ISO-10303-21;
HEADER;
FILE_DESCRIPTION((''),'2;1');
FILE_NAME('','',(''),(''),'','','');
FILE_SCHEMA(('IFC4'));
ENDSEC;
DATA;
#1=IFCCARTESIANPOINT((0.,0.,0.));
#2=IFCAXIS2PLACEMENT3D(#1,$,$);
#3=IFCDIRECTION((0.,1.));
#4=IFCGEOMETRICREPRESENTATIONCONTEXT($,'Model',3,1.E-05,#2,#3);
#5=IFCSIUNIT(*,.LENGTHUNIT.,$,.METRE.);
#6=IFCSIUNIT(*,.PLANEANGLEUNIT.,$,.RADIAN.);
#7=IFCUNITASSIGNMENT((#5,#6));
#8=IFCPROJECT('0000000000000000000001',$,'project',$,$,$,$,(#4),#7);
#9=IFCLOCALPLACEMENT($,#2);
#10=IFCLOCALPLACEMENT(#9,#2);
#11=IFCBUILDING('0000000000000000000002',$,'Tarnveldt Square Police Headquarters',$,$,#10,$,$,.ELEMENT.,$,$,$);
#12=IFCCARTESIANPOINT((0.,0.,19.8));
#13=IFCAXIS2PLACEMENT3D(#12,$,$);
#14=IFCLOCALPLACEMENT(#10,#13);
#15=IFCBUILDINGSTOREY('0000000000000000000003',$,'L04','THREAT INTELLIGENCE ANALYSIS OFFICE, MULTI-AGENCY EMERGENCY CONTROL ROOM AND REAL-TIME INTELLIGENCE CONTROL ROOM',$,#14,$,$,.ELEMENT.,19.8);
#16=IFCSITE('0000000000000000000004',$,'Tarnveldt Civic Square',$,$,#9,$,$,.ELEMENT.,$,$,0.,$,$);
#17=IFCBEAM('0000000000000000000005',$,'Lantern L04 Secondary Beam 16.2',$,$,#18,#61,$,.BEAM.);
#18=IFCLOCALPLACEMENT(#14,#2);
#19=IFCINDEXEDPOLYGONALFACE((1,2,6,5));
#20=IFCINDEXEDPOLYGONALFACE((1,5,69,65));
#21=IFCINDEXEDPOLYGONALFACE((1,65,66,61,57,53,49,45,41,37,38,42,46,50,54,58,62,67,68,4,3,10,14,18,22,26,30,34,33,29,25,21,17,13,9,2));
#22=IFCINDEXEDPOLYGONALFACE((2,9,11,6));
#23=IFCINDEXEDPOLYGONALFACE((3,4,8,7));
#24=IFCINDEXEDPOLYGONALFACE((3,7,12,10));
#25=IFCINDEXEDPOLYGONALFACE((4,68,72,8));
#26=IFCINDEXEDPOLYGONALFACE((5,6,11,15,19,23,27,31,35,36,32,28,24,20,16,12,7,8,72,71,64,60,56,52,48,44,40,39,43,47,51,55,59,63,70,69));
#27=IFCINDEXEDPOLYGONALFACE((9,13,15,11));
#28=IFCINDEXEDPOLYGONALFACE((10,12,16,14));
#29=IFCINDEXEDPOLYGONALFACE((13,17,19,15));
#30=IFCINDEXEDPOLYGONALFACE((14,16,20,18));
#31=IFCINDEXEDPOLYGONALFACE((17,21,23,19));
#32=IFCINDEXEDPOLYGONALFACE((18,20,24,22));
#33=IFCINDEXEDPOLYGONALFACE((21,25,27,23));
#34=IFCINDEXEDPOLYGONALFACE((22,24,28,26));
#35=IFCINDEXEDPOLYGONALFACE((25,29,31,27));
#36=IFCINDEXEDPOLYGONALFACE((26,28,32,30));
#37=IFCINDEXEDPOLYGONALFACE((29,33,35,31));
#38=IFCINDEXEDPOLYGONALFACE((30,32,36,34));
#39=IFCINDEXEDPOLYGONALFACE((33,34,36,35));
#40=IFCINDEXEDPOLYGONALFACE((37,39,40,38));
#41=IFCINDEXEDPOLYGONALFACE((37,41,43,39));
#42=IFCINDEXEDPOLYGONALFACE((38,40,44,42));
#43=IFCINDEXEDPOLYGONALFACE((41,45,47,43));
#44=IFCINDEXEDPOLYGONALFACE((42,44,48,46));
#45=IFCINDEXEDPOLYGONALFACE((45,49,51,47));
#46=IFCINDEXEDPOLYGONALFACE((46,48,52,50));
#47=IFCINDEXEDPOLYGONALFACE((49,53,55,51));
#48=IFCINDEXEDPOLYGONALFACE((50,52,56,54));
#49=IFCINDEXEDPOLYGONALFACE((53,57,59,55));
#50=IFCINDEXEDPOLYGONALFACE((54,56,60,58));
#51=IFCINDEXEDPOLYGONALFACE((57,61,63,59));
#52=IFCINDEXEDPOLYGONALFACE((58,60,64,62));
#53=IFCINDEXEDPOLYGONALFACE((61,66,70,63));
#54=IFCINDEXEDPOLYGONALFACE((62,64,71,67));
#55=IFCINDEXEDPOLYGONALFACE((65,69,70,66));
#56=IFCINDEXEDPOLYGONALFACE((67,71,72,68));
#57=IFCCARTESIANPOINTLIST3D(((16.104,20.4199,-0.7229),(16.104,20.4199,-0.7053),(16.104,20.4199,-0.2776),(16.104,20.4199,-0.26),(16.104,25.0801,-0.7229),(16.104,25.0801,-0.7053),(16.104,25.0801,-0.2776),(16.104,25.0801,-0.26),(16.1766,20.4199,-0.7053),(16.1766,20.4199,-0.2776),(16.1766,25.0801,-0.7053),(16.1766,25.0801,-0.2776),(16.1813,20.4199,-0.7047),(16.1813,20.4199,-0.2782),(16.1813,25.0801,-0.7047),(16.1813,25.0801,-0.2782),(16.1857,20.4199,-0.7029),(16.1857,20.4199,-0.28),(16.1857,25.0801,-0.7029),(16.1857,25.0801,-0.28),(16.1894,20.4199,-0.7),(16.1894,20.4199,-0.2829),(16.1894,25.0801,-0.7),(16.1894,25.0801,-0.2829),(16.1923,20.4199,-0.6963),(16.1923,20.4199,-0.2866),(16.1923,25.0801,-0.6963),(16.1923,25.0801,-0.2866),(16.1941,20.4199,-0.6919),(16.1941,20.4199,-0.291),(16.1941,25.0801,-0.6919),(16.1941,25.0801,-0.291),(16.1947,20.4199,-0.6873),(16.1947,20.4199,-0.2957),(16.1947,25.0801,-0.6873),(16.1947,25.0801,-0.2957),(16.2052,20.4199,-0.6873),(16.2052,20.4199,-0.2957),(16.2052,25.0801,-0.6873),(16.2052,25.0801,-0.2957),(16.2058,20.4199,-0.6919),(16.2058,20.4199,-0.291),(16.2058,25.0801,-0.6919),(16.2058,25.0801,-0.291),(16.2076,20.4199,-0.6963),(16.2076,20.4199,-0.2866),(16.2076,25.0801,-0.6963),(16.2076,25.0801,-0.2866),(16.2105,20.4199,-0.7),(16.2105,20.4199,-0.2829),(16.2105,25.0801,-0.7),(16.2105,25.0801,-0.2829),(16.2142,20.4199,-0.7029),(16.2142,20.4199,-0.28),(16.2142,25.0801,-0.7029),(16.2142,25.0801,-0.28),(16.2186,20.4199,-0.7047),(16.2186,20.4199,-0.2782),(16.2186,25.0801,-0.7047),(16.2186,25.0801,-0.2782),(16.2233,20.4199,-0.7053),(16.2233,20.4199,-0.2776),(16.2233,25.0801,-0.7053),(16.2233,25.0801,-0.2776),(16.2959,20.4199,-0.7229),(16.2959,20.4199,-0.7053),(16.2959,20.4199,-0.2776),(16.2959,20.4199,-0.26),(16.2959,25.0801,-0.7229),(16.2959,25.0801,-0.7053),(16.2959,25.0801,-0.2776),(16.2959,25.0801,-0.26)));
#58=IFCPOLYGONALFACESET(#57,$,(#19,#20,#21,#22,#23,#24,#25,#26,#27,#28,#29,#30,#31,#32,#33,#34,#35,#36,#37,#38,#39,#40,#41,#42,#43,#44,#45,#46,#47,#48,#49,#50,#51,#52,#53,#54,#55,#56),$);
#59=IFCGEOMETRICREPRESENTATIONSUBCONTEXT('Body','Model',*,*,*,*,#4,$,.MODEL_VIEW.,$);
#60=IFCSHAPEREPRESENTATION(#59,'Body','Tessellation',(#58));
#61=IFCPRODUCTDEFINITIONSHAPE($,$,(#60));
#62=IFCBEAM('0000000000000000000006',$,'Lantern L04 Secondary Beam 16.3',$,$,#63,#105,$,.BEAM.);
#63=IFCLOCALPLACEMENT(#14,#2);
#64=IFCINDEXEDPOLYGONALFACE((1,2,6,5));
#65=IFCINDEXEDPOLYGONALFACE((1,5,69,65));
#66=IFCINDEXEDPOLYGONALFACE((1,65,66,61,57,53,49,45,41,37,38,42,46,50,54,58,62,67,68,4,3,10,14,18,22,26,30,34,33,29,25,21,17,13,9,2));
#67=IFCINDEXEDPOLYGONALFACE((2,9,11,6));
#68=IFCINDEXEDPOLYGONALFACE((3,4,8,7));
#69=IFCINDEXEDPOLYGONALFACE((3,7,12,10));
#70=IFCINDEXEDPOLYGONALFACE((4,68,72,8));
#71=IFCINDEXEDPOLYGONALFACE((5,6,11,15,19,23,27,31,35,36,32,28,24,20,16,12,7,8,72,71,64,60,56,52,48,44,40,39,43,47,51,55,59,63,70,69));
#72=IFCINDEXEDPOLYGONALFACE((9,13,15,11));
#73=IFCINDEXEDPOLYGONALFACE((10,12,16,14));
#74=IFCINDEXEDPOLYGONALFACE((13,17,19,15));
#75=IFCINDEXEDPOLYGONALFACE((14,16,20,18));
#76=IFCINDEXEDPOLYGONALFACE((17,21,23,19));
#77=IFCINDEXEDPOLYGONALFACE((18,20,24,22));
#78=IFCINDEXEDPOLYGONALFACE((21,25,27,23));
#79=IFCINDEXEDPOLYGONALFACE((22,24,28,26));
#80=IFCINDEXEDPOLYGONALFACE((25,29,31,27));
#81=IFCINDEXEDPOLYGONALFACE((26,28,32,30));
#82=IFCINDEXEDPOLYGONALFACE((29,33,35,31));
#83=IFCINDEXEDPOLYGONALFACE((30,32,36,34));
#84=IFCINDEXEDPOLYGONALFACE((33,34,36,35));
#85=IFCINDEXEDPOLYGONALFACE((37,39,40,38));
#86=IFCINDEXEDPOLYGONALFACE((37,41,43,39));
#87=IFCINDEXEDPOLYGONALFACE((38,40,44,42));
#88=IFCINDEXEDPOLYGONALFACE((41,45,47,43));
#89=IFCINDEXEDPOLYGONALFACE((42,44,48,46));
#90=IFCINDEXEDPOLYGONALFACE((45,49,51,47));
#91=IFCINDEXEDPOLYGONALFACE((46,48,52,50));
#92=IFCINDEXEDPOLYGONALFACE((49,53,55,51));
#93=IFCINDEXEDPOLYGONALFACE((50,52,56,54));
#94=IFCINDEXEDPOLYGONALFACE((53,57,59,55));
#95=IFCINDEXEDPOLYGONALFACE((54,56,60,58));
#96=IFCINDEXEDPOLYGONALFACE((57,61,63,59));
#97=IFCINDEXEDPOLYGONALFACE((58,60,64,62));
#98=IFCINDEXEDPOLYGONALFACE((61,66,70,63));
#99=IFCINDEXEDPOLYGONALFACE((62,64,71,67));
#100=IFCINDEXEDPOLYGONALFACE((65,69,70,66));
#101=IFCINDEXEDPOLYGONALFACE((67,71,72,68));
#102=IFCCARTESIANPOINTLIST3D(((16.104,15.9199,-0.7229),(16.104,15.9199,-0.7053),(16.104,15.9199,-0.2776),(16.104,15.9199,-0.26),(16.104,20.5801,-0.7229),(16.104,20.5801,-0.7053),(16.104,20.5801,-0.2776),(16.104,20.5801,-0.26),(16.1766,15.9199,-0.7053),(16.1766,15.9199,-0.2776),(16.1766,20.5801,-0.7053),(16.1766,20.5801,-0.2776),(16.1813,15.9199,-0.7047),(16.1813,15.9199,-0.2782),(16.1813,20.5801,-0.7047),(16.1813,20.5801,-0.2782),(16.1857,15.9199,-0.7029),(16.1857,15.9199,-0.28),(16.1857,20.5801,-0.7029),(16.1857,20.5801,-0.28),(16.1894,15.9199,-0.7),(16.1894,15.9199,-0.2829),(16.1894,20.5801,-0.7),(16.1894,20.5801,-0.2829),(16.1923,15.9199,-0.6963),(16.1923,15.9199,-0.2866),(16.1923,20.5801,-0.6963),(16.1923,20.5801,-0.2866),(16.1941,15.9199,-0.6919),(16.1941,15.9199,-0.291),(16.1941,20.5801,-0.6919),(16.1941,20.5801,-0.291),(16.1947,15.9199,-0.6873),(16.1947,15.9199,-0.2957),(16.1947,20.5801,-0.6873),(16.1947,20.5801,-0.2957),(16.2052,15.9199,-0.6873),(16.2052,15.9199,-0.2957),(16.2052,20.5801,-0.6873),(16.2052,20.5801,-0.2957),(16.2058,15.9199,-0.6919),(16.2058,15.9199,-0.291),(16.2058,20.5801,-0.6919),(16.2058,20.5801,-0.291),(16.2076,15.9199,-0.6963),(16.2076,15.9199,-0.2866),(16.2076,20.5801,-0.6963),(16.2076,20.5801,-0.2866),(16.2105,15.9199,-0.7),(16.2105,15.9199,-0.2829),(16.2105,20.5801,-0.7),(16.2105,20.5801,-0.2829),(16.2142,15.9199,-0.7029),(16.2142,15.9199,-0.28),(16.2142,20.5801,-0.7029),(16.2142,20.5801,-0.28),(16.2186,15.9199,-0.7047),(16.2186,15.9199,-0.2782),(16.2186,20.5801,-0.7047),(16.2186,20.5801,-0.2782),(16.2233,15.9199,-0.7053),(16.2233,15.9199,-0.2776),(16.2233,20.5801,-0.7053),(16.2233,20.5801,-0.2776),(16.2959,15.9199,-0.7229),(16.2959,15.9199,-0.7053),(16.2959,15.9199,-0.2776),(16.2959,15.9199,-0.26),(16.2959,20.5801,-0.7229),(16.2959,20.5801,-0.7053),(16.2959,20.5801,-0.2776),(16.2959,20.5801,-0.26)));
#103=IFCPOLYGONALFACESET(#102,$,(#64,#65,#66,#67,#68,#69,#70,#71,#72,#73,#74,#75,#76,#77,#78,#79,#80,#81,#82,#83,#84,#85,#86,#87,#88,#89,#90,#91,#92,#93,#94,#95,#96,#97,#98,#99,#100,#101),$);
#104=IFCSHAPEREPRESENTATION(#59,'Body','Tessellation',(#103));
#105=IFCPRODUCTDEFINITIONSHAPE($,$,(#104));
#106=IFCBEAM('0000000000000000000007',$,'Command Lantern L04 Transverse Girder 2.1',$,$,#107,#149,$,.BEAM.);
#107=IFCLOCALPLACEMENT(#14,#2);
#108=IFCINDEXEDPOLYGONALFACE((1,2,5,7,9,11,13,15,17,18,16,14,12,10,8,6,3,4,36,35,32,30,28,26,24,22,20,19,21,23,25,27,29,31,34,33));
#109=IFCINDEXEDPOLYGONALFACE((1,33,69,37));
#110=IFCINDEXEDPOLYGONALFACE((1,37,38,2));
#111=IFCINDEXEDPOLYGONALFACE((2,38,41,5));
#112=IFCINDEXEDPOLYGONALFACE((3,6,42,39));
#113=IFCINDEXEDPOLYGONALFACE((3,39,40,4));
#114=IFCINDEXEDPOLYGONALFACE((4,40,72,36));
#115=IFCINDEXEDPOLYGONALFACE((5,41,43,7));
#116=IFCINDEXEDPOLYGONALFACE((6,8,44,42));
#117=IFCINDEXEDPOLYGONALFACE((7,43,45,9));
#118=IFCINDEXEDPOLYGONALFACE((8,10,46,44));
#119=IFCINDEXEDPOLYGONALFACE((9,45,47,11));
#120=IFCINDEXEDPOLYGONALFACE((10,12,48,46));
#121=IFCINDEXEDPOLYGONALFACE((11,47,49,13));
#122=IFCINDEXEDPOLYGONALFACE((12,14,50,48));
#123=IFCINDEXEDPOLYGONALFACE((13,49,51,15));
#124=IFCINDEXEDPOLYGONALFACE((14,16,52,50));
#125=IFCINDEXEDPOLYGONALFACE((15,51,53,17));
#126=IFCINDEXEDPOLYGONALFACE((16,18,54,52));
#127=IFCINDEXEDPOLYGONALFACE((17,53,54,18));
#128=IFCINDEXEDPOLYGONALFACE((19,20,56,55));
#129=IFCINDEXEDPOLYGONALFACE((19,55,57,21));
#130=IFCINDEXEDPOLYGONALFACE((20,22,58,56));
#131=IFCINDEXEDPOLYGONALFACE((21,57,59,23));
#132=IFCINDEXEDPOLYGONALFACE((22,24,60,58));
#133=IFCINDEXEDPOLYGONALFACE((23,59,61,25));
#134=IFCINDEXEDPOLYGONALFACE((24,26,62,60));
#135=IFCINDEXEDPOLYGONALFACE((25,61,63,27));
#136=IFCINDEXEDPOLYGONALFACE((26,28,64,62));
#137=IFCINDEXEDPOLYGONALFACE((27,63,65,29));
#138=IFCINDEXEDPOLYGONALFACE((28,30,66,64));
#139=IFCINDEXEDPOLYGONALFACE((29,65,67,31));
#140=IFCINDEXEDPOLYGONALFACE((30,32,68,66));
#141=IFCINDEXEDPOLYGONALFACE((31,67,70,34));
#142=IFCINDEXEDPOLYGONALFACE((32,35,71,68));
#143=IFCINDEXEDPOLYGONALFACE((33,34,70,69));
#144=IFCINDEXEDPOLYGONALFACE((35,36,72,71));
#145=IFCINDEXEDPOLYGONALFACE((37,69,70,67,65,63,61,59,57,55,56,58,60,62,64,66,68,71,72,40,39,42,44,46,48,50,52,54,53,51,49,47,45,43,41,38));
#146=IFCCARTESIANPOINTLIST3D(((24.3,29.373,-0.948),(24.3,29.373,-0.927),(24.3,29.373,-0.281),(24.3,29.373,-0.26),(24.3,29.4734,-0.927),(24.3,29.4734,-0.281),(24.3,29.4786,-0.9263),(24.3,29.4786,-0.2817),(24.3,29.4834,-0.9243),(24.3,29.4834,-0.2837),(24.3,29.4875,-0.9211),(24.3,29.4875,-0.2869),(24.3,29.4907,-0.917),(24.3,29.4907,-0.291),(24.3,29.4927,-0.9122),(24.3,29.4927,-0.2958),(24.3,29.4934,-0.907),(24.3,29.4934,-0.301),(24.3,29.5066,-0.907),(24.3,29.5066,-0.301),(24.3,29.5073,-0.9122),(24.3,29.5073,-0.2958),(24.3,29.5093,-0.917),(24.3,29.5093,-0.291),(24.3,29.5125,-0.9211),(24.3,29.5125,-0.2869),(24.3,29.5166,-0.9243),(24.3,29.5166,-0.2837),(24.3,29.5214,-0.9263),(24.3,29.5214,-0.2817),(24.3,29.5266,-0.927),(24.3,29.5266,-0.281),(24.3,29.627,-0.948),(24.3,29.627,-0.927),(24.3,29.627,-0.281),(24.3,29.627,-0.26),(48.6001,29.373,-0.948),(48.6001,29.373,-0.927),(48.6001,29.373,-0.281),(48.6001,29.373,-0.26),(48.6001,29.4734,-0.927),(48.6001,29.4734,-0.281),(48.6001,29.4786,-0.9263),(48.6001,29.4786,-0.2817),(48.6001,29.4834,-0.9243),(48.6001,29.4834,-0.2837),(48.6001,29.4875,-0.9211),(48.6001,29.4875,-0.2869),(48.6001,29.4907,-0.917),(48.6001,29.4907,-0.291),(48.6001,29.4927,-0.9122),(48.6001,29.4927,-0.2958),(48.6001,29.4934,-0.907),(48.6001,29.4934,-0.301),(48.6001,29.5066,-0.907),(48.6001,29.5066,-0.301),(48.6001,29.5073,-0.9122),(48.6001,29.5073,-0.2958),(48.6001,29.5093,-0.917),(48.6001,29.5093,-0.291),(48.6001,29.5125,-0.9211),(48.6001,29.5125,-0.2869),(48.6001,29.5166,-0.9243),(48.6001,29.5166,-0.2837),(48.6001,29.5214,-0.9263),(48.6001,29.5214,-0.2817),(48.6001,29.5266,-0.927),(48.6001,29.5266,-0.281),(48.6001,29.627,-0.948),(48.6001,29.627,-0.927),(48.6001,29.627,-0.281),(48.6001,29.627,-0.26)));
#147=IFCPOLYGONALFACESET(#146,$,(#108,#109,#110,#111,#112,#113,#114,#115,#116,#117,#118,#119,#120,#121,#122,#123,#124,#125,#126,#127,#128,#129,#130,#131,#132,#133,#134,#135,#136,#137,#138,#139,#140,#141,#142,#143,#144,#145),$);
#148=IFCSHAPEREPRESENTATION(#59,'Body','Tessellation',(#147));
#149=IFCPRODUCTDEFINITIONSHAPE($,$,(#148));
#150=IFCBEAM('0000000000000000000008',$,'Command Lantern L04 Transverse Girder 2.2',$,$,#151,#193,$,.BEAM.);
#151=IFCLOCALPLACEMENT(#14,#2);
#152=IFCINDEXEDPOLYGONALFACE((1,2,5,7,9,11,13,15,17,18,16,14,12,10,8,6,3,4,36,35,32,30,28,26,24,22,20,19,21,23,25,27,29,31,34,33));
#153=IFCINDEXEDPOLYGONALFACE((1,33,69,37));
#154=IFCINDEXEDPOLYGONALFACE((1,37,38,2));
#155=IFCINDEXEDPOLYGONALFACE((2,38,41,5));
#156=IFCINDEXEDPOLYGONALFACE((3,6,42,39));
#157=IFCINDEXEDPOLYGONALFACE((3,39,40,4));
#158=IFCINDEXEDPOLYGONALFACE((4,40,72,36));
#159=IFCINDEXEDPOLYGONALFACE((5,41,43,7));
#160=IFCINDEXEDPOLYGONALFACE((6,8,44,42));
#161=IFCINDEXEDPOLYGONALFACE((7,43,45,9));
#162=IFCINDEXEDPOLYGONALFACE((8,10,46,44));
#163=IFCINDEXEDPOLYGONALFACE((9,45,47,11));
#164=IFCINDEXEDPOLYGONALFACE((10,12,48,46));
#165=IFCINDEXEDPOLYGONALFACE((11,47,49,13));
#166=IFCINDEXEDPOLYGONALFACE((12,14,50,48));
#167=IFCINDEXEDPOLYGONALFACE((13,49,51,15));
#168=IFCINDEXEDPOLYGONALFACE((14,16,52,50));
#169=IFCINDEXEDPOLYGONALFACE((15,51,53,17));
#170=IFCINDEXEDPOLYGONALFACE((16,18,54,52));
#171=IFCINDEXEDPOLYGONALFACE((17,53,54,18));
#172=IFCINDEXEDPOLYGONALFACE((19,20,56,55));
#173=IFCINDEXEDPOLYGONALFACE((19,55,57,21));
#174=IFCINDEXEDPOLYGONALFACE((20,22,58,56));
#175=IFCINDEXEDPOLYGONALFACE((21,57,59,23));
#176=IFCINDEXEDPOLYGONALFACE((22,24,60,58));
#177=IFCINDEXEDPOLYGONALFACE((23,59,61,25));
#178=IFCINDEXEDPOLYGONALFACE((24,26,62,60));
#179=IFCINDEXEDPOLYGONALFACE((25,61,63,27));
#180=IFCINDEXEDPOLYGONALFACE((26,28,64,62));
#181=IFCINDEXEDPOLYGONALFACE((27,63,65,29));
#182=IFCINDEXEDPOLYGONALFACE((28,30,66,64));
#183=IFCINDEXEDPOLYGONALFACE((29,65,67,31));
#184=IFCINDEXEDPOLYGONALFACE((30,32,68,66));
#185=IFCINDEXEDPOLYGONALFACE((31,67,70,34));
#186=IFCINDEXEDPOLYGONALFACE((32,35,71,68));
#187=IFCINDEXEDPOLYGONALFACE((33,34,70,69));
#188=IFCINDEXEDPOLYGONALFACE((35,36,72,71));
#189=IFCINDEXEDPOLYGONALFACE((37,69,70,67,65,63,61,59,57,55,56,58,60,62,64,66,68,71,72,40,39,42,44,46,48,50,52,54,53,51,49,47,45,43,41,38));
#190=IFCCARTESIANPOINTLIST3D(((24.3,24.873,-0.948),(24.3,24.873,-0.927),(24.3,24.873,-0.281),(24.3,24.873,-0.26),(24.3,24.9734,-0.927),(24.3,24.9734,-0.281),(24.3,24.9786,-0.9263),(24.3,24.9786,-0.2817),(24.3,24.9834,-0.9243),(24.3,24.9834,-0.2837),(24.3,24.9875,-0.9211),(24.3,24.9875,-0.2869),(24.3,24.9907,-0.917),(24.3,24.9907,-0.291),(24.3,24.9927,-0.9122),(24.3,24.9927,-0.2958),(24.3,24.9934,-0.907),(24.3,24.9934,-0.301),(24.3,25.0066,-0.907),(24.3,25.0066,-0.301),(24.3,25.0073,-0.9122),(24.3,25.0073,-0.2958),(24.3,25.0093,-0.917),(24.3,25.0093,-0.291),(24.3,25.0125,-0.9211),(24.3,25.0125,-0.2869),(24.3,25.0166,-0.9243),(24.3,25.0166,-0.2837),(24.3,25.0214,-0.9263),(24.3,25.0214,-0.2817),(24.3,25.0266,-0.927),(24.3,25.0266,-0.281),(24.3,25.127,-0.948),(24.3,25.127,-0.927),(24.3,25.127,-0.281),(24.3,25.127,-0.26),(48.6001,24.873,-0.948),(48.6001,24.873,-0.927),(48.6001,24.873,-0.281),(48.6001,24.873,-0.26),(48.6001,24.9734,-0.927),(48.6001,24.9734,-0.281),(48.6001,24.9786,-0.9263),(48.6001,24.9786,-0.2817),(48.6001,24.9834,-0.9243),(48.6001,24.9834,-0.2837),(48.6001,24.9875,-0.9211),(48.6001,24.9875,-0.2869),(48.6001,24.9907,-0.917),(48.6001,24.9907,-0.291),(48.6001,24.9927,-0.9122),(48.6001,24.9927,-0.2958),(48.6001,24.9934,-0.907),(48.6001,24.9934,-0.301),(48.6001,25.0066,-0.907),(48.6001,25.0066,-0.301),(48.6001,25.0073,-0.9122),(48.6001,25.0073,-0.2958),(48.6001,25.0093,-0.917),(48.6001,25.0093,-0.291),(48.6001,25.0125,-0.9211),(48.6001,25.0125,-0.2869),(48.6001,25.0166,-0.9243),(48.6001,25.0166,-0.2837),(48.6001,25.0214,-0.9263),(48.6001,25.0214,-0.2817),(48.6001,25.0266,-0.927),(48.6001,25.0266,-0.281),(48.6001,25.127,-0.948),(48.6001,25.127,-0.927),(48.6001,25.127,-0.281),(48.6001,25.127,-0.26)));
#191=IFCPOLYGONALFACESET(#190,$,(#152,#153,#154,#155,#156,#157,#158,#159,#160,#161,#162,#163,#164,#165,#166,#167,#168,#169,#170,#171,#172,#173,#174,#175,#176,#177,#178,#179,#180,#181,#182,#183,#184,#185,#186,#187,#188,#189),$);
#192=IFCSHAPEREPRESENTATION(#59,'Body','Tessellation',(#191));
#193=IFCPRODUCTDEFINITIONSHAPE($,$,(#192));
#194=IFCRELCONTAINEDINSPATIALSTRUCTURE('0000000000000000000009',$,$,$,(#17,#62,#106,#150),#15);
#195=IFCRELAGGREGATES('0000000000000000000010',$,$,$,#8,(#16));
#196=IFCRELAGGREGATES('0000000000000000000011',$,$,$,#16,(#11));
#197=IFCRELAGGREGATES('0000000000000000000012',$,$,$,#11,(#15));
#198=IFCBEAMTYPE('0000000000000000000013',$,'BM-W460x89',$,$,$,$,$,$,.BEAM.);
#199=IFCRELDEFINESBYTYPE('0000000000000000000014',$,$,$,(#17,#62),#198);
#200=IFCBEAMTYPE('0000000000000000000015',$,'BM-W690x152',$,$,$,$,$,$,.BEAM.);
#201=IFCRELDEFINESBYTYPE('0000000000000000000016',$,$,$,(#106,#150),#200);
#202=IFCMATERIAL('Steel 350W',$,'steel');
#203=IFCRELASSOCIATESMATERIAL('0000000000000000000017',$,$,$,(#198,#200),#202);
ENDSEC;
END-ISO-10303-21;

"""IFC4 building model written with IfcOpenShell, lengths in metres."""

from ifc_helpers import new_model, si_unit, direction, frame, origin, origin_2d, place, context, subcontext, project, spatial, i_section, extrude, material, material_profile, profile_set, type_object, element, save


model = new_model("IFC4")

# Units and contexts
model_context = context("Model", 3, precision=1e-05, world=origin(), true_north=direction((0.0, 1.0)))
body_context = subcontext(model_context, "Body", "Model", "MODEL_VIEW")
ifc_project = project(units=[si_unit("LENGTHUNIT", "METRE"), si_unit("PLANEANGLEUNIT", "RADIAN")], contexts=[model_context])

# Site, building, storey
site_placement = place(None, origin())
site = spatial("IfcSite", under=ifc_project, at=site_placement, Name="Tarnveldt Civic Square", CompositionType="ELEMENT", RefElevation=0.0)
building_placement = place(site_placement, origin())
building = spatial("IfcBuilding", under=site, at=building_placement, Name="Tarnveldt Square Police Headquarters", CompositionType="ELEMENT")
storey_placement = place(building_placement, frame((0.0, 0.0, 19.8)))
storey = spatial("IfcBuildingStorey", under=building, at=storey_placement, Name="L04", Description="THREAT INTELLIGENCE ANALYSIS OFFICE, MULTI-AGENCY EMERGENCY CONTROL ROOM AND REAL-TIME INTELLIGENCE CONTROL ROOM", CompositionType="ELEMENT", Elevation=19.8)

# Beams
ifc_material_1 = material(Name="Steel 350W", Category="steel")
ifc_material_profile_1 = material_profile(ifc_material_1, i_section(OverallWidth=0.1919, OverallDepth=0.4629, WebThickness=0.0105, FlangeThickness=0.0176, FilletRadius=0.0181, at=origin_2d()), Name="W460x89")
ifc_profile_set_1 = profile_set([ifc_material_profile_1], Name="Steel 350W")
beam_type_1 = type_object("IfcBeamType", Name="BM-W460x89", PredefinedType="BEAM", material=ifc_profile_set_1)
for number, where, z_axis, x_axis, name in (
    (1, (16.2, 25.0801, -0.4915), (0.0, -1.0, 0.0), (1.0, 0.0, 0.0), "Lantern L04 Secondary Beam 16.2"),
    (2, (16.2, 20.5801, -0.4915), (0.0, -1.0, 0.0), (1.0, 0.0, 0.0), "Lantern L04 Secondary Beam 16.3"),
):
    element("IfcBeam", number, at=place(storey_placement, frame(where, z_axis=z_axis, x_axis=x_axis)), inside=storey, type_object=beam_type_1, Name=name, PredefinedType="BEAM", context=body_context, shape_type="SweptSolid", body=[
        extrude(i_section(OverallWidth=0.1919, OverallDepth=0.4629, WebThickness=0.0105, FlangeThickness=0.0176, FilletRadius=0.0181, at=origin_2d()), origin(), (0.0, 0.0, 1.0), 4.6602),
    ])
ifc_material_profile_2 = material_profile(ifc_material_1, i_section(OverallWidth=0.2539, OverallDepth=0.688, WebThickness=0.0132, FlangeThickness=0.021, FilletRadius=0.02, at=origin_2d()), Name="W690x152")
ifc_profile_set_2 = profile_set([ifc_material_profile_2], Name="Steel 350W")
beam_type_2 = type_object("IfcBeamType", Name="BM-W690x152", PredefinedType="BEAM", material=ifc_profile_set_2)
for number, where, z_axis, x_axis, name in (
    (3, (24.3, 29.5, -0.604), (1.0, 0.0, 0.0), (0.0, 1.0, 0.0), "Command Lantern L04 Transverse Girder 2.1"),
    (4, (24.3, 25.0, -0.604), (1.0, 0.0, 0.0), (0.0, 1.0, 0.0), "Command Lantern L04 Transverse Girder 2.2"),
):
    element("IfcBeam", number, at=place(storey_placement, frame(where, z_axis=z_axis, x_axis=x_axis)), inside=storey, type_object=beam_type_2, Name=name, PredefinedType="BEAM", context=body_context, shape_type="SweptSolid", body=[
        extrude(i_section(OverallWidth=0.2539, OverallDepth=0.688, WebThickness=0.0132, FlangeThickness=0.021, FilletRadius=0.02, at=origin_2d()), origin(), (0.0, 0.0, 1.0), 24.3),
    ])

save(model, "model.ifc")
